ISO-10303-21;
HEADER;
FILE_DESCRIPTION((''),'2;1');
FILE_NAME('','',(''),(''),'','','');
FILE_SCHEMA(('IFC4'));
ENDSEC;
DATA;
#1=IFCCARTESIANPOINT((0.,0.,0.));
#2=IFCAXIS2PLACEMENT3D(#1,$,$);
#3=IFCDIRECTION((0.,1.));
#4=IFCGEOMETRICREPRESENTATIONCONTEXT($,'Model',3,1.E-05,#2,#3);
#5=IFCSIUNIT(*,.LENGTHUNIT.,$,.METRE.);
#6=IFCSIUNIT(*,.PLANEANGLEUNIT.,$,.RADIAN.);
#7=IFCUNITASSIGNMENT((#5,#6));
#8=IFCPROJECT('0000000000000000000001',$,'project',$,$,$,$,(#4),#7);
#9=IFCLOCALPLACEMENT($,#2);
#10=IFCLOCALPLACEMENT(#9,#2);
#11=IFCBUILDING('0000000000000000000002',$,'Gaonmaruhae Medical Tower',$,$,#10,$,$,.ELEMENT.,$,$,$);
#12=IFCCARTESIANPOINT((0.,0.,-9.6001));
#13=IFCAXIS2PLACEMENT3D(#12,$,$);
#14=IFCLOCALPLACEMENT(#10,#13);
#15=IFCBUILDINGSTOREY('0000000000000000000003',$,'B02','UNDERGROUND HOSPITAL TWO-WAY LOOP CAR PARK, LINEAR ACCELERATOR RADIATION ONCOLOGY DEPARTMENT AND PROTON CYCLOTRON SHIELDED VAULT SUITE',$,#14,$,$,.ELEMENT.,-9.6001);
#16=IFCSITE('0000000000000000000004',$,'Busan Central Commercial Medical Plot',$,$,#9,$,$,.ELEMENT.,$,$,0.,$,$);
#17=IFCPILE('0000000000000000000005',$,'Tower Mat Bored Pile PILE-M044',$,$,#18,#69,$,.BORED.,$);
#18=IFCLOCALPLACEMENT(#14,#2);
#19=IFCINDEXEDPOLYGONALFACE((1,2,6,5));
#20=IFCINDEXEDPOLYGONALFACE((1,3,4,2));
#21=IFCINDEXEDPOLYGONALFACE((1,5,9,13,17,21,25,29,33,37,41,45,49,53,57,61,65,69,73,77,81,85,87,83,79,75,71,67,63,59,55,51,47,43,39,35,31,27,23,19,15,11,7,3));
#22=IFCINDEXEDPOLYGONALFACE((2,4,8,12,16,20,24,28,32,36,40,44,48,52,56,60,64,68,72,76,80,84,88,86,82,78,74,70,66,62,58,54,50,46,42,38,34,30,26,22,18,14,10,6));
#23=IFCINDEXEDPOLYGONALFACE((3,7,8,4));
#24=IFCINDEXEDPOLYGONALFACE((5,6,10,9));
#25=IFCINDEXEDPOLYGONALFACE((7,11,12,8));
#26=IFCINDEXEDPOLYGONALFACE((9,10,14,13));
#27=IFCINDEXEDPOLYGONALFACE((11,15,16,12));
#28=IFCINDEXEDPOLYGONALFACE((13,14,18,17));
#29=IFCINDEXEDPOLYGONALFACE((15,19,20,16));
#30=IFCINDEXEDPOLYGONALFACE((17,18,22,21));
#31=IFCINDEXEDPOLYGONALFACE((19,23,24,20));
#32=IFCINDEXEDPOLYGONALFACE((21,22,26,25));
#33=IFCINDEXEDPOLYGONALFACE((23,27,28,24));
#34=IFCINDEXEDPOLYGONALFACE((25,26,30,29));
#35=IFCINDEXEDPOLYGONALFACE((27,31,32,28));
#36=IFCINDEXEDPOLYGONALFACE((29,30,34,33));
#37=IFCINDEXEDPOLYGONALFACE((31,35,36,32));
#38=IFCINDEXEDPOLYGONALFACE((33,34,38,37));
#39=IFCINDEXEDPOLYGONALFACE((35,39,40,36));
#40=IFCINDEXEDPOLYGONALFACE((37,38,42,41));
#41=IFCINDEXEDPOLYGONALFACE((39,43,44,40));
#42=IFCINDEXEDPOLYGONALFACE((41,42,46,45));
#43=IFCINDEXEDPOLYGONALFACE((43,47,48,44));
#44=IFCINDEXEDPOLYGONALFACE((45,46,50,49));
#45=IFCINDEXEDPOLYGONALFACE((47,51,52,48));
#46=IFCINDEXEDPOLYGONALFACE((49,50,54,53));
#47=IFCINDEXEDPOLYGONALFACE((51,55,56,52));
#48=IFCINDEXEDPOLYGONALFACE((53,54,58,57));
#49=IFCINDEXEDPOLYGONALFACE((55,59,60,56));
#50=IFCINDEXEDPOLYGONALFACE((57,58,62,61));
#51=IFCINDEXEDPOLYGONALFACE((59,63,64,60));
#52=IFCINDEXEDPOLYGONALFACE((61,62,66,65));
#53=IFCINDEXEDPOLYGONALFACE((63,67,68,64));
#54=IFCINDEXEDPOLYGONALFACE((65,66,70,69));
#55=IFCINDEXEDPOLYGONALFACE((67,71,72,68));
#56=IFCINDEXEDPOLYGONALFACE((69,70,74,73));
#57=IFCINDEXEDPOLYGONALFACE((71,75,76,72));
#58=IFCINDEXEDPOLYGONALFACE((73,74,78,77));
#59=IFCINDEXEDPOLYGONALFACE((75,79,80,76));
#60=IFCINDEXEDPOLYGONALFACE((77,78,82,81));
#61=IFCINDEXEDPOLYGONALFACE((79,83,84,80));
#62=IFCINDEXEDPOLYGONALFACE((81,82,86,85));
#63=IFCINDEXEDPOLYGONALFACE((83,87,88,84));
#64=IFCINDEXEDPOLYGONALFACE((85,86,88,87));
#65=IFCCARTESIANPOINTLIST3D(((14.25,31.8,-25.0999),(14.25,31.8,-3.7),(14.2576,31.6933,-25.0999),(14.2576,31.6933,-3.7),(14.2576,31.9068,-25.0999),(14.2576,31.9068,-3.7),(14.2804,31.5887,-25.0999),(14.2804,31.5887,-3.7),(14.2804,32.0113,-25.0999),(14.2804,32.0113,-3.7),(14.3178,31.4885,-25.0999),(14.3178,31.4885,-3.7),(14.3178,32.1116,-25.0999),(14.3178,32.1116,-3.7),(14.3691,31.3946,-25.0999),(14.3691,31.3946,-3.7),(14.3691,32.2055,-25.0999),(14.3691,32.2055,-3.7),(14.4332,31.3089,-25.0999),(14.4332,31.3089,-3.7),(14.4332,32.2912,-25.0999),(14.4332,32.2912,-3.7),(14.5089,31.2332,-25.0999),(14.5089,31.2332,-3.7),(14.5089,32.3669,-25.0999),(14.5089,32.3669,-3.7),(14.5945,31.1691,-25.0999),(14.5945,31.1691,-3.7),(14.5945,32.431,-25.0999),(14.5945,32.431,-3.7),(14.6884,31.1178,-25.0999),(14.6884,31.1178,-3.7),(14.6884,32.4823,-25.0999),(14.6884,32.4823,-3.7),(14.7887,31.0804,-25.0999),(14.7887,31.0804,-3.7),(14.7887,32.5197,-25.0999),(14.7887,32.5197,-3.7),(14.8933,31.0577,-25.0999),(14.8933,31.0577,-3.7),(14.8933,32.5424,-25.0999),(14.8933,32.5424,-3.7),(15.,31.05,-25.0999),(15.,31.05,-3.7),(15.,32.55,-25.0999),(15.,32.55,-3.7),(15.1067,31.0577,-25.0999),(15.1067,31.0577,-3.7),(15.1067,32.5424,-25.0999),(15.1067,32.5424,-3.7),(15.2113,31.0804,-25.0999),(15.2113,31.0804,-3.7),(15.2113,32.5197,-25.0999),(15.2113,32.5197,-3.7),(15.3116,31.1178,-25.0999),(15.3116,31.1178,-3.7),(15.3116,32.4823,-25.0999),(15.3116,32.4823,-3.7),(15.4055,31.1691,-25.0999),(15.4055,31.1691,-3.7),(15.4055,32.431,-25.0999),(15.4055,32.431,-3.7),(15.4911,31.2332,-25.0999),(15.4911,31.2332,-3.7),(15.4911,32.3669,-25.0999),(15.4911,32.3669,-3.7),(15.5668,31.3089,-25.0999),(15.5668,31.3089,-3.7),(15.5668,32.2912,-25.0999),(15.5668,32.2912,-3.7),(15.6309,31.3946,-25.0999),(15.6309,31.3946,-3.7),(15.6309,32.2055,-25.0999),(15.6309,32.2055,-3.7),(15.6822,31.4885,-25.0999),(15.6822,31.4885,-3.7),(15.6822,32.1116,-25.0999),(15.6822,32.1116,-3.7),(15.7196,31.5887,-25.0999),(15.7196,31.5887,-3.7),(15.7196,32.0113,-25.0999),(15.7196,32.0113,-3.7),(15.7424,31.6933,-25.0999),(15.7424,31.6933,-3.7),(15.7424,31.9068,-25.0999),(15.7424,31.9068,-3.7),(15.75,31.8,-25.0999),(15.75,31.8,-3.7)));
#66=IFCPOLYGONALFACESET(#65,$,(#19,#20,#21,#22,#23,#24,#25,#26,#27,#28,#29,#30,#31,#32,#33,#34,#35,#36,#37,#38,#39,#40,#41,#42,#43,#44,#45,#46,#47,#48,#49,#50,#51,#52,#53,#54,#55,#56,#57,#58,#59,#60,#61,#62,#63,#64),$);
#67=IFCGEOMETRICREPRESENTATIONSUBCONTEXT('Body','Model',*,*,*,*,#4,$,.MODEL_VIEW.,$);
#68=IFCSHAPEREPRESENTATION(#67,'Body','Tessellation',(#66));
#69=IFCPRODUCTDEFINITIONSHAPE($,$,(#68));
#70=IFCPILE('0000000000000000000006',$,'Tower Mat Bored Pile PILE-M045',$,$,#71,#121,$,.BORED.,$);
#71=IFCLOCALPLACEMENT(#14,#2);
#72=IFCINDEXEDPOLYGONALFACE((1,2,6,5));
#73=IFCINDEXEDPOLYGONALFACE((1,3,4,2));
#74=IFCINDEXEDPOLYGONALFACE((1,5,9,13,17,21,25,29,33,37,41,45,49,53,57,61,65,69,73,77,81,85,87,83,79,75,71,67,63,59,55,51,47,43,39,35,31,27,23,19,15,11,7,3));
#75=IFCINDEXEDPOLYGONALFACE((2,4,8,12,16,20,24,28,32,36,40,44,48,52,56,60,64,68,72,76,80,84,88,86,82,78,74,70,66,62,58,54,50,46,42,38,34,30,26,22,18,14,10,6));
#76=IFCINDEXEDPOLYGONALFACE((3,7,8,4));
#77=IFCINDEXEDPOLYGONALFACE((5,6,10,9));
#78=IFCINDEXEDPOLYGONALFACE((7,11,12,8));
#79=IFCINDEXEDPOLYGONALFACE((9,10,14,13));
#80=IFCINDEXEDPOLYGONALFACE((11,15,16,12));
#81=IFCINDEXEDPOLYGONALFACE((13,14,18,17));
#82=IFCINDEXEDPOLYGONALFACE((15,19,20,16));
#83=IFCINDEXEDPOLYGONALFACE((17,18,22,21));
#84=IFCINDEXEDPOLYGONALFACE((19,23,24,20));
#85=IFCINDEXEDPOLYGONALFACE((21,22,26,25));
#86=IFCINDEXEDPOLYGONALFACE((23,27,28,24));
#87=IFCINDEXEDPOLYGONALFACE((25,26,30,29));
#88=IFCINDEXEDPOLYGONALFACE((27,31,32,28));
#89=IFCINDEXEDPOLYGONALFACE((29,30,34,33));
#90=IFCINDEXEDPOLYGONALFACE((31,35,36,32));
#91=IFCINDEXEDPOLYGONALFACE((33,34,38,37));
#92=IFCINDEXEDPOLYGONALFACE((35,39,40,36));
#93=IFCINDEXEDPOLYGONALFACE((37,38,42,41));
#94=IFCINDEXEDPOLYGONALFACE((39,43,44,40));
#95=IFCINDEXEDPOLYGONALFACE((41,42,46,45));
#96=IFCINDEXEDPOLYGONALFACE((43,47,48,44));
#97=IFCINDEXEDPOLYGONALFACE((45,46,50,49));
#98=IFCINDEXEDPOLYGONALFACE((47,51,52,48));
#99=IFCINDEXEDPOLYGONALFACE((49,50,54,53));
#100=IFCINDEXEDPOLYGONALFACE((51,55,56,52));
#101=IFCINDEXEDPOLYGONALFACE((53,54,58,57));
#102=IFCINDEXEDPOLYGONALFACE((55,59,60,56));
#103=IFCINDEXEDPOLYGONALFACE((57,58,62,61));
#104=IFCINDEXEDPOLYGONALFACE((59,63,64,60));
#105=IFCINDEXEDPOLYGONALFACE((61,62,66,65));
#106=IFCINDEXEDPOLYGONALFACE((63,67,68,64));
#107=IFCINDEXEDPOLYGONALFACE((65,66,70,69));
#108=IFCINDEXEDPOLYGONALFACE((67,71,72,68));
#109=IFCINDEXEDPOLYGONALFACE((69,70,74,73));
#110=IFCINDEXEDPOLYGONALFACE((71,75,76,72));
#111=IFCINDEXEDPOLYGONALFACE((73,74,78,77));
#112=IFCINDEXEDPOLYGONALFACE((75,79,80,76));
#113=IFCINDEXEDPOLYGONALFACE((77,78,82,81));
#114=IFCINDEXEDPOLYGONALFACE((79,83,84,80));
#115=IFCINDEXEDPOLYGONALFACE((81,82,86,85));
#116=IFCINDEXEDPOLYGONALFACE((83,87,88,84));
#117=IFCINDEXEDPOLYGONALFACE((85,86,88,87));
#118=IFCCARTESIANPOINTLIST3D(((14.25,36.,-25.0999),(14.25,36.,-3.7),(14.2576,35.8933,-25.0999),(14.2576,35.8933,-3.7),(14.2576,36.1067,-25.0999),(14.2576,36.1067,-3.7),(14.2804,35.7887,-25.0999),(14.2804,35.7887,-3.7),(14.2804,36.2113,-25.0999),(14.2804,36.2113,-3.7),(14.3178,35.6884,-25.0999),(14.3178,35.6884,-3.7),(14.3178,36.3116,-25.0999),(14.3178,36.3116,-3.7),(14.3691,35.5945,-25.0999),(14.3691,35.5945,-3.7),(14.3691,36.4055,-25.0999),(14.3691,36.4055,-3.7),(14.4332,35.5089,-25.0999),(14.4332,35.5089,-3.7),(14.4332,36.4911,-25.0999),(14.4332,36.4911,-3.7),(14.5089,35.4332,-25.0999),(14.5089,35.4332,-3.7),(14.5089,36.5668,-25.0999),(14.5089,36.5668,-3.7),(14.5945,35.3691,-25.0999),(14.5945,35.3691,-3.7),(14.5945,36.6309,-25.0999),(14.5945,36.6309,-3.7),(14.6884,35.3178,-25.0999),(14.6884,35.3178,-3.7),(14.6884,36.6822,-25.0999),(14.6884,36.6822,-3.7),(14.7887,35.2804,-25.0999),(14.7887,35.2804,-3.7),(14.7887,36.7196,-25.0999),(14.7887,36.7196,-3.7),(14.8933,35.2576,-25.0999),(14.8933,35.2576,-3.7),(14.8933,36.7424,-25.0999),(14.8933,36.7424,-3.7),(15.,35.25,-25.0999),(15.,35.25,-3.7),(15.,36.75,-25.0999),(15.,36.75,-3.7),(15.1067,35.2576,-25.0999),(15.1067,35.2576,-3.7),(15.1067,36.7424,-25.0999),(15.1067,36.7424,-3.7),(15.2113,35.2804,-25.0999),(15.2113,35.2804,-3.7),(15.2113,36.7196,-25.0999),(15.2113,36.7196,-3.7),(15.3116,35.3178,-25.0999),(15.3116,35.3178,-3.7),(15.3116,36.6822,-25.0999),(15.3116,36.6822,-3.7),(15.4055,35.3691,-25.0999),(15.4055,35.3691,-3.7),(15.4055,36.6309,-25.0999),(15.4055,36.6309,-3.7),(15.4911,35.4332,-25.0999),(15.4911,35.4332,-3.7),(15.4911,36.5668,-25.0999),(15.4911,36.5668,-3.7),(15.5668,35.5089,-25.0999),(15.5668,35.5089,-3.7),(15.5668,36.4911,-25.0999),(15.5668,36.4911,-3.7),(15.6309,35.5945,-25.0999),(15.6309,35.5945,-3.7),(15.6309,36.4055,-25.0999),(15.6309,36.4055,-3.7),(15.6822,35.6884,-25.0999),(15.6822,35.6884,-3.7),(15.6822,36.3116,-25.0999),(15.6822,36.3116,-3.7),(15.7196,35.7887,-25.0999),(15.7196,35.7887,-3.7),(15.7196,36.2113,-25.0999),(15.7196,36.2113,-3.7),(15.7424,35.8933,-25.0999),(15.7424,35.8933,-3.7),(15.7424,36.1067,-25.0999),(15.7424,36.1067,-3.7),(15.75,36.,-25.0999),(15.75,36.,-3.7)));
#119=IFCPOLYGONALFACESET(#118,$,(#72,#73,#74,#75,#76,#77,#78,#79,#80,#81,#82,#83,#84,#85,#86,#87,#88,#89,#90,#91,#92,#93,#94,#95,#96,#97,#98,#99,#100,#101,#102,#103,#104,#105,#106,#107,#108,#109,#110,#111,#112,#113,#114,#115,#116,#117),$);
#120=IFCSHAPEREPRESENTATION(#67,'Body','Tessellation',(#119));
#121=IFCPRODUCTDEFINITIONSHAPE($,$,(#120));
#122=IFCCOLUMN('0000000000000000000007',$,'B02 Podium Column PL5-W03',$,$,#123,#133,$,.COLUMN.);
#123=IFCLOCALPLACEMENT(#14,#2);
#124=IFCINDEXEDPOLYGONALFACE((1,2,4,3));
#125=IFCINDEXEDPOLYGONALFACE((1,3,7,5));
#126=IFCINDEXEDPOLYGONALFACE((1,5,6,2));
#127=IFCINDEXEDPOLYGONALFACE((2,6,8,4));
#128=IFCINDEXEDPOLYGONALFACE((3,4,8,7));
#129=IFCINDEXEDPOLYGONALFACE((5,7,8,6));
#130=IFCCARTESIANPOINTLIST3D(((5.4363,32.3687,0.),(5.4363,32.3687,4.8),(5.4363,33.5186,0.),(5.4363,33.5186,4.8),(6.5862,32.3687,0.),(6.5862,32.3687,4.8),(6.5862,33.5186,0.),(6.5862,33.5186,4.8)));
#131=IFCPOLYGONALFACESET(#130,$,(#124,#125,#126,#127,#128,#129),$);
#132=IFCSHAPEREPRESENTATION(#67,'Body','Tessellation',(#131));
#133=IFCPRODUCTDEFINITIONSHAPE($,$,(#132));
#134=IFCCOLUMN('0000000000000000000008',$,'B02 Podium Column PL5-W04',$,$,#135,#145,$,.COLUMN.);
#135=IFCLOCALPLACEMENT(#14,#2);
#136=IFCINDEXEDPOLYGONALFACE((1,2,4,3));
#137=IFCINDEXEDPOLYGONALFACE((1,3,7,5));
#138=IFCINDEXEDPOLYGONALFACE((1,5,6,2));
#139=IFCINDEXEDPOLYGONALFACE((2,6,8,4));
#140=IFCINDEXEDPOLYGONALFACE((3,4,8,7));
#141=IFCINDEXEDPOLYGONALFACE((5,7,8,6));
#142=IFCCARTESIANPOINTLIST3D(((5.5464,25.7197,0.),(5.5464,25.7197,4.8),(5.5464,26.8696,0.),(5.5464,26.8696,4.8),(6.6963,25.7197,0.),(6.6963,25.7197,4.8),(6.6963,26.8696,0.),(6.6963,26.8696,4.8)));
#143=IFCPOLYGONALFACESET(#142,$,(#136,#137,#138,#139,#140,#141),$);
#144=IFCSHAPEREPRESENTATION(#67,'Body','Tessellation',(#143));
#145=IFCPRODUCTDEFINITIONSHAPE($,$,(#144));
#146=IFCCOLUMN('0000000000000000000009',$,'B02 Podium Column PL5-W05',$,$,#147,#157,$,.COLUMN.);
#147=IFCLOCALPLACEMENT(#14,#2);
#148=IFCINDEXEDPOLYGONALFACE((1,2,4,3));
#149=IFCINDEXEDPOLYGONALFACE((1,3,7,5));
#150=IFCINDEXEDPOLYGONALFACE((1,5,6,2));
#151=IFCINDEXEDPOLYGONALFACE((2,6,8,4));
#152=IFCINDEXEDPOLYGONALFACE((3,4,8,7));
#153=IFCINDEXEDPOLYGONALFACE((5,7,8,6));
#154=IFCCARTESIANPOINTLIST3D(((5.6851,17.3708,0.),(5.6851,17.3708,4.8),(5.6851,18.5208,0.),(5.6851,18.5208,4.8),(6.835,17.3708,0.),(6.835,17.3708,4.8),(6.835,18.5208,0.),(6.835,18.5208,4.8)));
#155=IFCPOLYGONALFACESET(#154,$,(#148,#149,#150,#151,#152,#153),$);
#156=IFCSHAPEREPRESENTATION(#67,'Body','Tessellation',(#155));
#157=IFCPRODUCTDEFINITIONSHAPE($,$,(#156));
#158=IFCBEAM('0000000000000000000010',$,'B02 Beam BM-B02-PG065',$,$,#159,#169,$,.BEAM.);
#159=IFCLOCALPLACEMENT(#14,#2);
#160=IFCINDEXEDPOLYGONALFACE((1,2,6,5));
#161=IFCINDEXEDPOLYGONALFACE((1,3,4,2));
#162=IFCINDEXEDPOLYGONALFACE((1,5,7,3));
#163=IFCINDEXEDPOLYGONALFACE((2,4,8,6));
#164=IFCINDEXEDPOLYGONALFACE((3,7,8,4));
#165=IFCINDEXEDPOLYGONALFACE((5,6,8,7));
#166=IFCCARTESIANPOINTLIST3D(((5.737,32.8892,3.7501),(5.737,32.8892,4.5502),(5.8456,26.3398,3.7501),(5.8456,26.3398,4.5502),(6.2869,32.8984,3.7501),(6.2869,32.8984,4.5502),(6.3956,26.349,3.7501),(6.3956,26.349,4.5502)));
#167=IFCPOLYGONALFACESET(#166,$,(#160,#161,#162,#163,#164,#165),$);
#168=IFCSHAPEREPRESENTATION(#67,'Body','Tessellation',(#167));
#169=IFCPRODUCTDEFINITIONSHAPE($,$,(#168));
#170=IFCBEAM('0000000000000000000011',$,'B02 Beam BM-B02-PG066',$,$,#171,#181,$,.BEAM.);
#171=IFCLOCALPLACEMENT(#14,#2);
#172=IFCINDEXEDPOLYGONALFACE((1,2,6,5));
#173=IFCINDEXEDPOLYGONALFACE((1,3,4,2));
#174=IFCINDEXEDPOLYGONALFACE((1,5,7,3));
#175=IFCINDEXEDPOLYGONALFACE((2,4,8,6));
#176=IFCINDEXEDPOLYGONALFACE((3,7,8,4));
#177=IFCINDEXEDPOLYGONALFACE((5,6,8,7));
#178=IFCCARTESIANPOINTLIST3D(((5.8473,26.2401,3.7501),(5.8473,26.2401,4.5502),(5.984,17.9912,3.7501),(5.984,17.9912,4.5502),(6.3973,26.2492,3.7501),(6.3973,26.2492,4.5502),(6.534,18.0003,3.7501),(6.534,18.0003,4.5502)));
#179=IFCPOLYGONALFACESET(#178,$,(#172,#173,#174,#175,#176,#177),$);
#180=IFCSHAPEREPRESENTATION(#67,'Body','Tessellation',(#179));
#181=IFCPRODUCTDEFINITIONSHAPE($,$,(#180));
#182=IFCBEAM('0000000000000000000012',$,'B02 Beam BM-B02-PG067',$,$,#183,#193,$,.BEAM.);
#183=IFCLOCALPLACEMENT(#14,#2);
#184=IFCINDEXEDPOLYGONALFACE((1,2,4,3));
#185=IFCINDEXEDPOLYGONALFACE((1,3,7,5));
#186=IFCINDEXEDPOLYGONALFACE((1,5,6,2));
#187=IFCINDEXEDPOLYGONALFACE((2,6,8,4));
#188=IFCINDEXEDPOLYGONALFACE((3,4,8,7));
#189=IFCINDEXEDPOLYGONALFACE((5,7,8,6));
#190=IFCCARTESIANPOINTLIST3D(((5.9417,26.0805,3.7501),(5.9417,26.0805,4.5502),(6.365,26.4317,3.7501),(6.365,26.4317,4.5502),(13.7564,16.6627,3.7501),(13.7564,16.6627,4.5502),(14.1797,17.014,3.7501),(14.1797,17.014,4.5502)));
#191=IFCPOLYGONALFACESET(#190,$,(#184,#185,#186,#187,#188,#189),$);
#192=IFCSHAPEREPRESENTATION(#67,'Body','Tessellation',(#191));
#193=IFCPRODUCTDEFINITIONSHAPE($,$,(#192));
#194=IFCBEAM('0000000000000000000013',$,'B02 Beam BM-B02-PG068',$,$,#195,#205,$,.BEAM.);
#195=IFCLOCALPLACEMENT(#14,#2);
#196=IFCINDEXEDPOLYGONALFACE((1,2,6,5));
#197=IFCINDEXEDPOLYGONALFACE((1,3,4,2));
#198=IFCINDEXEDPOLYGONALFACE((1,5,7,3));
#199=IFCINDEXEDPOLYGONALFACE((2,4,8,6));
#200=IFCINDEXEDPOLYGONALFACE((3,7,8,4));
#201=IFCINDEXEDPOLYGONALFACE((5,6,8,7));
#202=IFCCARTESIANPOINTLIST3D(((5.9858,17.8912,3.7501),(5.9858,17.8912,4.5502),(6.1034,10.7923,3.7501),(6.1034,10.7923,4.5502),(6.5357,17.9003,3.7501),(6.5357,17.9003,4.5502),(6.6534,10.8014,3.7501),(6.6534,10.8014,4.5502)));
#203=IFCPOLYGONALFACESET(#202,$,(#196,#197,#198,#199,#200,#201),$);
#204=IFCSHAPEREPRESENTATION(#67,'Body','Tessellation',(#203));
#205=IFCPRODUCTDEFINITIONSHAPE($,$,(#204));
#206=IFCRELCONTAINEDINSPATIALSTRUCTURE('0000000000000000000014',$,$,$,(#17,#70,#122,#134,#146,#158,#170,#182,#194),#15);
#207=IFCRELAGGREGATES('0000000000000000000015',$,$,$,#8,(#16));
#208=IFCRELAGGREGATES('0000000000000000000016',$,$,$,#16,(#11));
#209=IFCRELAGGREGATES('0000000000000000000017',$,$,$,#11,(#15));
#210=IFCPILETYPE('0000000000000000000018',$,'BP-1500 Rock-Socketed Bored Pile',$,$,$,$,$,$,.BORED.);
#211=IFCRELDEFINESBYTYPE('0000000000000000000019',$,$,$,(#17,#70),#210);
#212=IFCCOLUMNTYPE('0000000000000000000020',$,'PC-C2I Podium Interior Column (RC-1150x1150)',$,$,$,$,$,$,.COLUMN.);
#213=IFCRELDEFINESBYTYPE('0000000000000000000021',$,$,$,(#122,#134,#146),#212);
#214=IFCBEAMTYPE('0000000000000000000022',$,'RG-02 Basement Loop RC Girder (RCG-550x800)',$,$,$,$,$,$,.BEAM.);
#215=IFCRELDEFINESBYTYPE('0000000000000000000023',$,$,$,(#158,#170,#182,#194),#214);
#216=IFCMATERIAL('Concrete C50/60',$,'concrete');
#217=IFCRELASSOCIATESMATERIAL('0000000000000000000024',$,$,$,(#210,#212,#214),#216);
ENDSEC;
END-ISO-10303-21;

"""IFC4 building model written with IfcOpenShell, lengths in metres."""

from ifc_helpers import new_model, si_unit, direction, frame, origin, origin_2d, place, context, subcontext, project, spatial, rectangle, circle, extrude, material, material_profile, profile_set, type_object, element, save


model = new_model("IFC4")

# Units and contexts
model_context = context("Model", 3, precision=1e-05, world=origin(), true_north=direction((0.0, 1.0)))
body_context = subcontext(model_context, "Body", "Model", "MODEL_VIEW")
ifc_project = project(units=[si_unit("LENGTHUNIT", "METRE"), si_unit("PLANEANGLEUNIT", "RADIAN")], contexts=[model_context])

# Site, building, storey
site_placement = place(None, origin())
site = spatial("IfcSite", under=ifc_project, at=site_placement, Name="Busan Central Commercial Medical Plot", CompositionType="ELEMENT", RefElevation=0.0)
building_placement = place(site_placement, origin())
building = spatial("IfcBuilding", under=site, at=building_placement, Name="Gaonmaruhae Medical Tower", CompositionType="ELEMENT")
storey_placement = place(building_placement, frame((0.0, 0.0, -9.6001)))
storey = spatial("IfcBuildingStorey", under=building, at=storey_placement, Name="B02", Description="UNDERGROUND HOSPITAL TWO-WAY LOOP CAR PARK, LINEAR ACCELERATOR RADIATION ONCOLOGY DEPARTMENT AND PROTON CYCLOTRON SHIELDED VAULT SUITE", CompositionType="ELEMENT", Elevation=-9.6001)

# Piles
ifc_material_1 = material(Name="Concrete C50/60", Category="concrete")
ifc_material_profile_1 = material_profile(ifc_material_1, circle(Radius=0.75, at=origin_2d()), Name="PILE-D1500")
ifc_profile_set_1 = profile_set([ifc_material_profile_1], Name="Concrete C50/60")
pile_type = type_object("IfcPileType", Name="BP-1500 Rock-Socketed Bored Pile", PredefinedType="BORED", material=ifc_profile_set_1)
for number, where, z_axis, x_axis, name in (
    (1, (15.0, 31.8, -3.7), (0.0, 0.0, -1.0), (1.0, 0.0, 0.0), "Tower Mat Bored Pile PILE-M044"),
    (2, (15.0, 36.0, -3.7), (0.0, 0.0, -1.0), (1.0, 0.0, 0.0), "Tower Mat Bored Pile PILE-M045"),
):
    element("IfcPile", number, at=place(storey_placement, frame(where, z_axis=z_axis, x_axis=x_axis)), inside=storey, type_object=pile_type, Name=name, PredefinedType="BORED", context=body_context, shape_type="SweptSolid", body=[
        extrude(circle(Radius=0.75, at=origin_2d()), origin(), (0.0, 0.0, 1.0), 21.3999),
    ])

# Columns
ifc_material_profile_2 = material_profile(ifc_material_1, rectangle(XDim=1.1499, YDim=1.1499, at=origin_2d()), Name="RC-1150x1150")
ifc_profile_set_2 = profile_set([ifc_material_profile_2], Name="Concrete C50/60")
column_type = type_object("IfcColumnType", Name="PC-C2I Podium Interior Column (RC-1150x1150)", PredefinedType="COLUMN", material=ifc_profile_set_2)
for number, where, z_axis, x_axis, name in (
    (3, (6.0112, 32.9436, 0.0), (0.0, 0.0, 1.0), (1.0, 0.0, 0.0), "B02 Podium Column PL5-W03"),
    (4, (6.1213, 26.2947, 0.0), (0.0, 0.0, 1.0), (1.0, 0.0, 0.0), "B02 Podium Column PL5-W04"),
    (5, (6.26, 17.9458, 0.0), (0.0, 0.0, 1.0), (1.0, 0.0, 0.0), "B02 Podium Column PL5-W05"),
):
    element("IfcColumn", number, at=place(storey_placement, frame(where, z_axis=z_axis, x_axis=x_axis)), inside=storey, type_object=column_type, Name=name, PredefinedType="COLUMN", context=body_context, shape_type="SweptSolid", body=[
        extrude(rectangle(XDim=1.1499, YDim=1.1499, at=origin_2d()), origin(), (0.0, 0.0, 1.0), 4.8),
    ])

# Beams
ifc_material_profile_3 = material_profile(ifc_material_1, rectangle(XDim=0.55, YDim=0.8, at=origin_2d()), Name="RCG-550x800")
ifc_profile_set_3 = profile_set([ifc_material_profile_3], Name="Concrete C50/60")
beam_type = type_object("IfcBeamType", Name="RG-02 Basement Loop RC Girder (RCG-550x800)", PredefinedType="BEAM", material=ifc_profile_set_3)
beam_1_placement = place(storey_placement, frame((6.012, 32.8938, 4.1501), z_axis=(0.016586, -0.999862, 0.0), x_axis=(0.999862, 0.016586, 0.0)))
element("IfcBeam", 6, at=beam_1_placement, inside=storey, type_object=beam_type, Name="B02 Beam BM-B02-PG065", PredefinedType="BEAM", context=body_context, shape_type="SweptSolid", body=[
    extrude(rectangle(XDim=0.55, YDim=0.8, at=origin_2d()), origin(), (0.0, 0.0, 1.0), 6.5503),
])
beam_2_placement = place(storey_placement, frame((6.1223, 26.2446, 4.1501), z_axis=(0.016572, -0.999863, 0.0), x_axis=(0.999863, 0.016572, 0.0)))
element("IfcBeam", 7, at=beam_2_placement, inside=storey, type_object=beam_type, Name="B02 Beam BM-B02-PG066", PredefinedType="BEAM", context=body_context, shape_type="SweptSolid", body=[
    extrude(rectangle(XDim=0.55, YDim=0.8, at=origin_2d()), origin(), (0.0, 0.0, 1.0), 8.25),
])
beam_3_placement = place(storey_placement, frame((6.1533, 26.2561, 4.1501), z_axis=(0.638572, -0.769562, 0.0), x_axis=(0.769562, 0.638572, 0.0)))
element("IfcBeam", 8, at=beam_3_placement, inside=storey, type_object=beam_type, Name="B02 Beam BM-B02-PG067", PredefinedType="BEAM", context=body_context, shape_type="SweptSolid", body=[
    extrude(rectangle(XDim=0.55, YDim=0.8, at=origin_2d()), origin(), (0.0, 0.0, 1.0), 12.2378),
])
beam_4_placement = place(storey_placement, frame((6.2607, 17.8958, 4.1501), z_axis=(0.016574, -0.999863, 0.0), x_axis=(0.999863, 0.016574, 0.0)))
element("IfcBeam", 9, at=beam_4_placement, inside=storey, type_object=beam_type, Name="B02 Beam BM-B02-PG068", PredefinedType="BEAM", context=body_context, shape_type="SweptSolid", body=[
    extrude(rectangle(XDim=0.55, YDim=0.8, at=origin_2d()), origin(), (0.0, 0.0, 1.0), 7.0999),
])

save(model, "model.ifc")
